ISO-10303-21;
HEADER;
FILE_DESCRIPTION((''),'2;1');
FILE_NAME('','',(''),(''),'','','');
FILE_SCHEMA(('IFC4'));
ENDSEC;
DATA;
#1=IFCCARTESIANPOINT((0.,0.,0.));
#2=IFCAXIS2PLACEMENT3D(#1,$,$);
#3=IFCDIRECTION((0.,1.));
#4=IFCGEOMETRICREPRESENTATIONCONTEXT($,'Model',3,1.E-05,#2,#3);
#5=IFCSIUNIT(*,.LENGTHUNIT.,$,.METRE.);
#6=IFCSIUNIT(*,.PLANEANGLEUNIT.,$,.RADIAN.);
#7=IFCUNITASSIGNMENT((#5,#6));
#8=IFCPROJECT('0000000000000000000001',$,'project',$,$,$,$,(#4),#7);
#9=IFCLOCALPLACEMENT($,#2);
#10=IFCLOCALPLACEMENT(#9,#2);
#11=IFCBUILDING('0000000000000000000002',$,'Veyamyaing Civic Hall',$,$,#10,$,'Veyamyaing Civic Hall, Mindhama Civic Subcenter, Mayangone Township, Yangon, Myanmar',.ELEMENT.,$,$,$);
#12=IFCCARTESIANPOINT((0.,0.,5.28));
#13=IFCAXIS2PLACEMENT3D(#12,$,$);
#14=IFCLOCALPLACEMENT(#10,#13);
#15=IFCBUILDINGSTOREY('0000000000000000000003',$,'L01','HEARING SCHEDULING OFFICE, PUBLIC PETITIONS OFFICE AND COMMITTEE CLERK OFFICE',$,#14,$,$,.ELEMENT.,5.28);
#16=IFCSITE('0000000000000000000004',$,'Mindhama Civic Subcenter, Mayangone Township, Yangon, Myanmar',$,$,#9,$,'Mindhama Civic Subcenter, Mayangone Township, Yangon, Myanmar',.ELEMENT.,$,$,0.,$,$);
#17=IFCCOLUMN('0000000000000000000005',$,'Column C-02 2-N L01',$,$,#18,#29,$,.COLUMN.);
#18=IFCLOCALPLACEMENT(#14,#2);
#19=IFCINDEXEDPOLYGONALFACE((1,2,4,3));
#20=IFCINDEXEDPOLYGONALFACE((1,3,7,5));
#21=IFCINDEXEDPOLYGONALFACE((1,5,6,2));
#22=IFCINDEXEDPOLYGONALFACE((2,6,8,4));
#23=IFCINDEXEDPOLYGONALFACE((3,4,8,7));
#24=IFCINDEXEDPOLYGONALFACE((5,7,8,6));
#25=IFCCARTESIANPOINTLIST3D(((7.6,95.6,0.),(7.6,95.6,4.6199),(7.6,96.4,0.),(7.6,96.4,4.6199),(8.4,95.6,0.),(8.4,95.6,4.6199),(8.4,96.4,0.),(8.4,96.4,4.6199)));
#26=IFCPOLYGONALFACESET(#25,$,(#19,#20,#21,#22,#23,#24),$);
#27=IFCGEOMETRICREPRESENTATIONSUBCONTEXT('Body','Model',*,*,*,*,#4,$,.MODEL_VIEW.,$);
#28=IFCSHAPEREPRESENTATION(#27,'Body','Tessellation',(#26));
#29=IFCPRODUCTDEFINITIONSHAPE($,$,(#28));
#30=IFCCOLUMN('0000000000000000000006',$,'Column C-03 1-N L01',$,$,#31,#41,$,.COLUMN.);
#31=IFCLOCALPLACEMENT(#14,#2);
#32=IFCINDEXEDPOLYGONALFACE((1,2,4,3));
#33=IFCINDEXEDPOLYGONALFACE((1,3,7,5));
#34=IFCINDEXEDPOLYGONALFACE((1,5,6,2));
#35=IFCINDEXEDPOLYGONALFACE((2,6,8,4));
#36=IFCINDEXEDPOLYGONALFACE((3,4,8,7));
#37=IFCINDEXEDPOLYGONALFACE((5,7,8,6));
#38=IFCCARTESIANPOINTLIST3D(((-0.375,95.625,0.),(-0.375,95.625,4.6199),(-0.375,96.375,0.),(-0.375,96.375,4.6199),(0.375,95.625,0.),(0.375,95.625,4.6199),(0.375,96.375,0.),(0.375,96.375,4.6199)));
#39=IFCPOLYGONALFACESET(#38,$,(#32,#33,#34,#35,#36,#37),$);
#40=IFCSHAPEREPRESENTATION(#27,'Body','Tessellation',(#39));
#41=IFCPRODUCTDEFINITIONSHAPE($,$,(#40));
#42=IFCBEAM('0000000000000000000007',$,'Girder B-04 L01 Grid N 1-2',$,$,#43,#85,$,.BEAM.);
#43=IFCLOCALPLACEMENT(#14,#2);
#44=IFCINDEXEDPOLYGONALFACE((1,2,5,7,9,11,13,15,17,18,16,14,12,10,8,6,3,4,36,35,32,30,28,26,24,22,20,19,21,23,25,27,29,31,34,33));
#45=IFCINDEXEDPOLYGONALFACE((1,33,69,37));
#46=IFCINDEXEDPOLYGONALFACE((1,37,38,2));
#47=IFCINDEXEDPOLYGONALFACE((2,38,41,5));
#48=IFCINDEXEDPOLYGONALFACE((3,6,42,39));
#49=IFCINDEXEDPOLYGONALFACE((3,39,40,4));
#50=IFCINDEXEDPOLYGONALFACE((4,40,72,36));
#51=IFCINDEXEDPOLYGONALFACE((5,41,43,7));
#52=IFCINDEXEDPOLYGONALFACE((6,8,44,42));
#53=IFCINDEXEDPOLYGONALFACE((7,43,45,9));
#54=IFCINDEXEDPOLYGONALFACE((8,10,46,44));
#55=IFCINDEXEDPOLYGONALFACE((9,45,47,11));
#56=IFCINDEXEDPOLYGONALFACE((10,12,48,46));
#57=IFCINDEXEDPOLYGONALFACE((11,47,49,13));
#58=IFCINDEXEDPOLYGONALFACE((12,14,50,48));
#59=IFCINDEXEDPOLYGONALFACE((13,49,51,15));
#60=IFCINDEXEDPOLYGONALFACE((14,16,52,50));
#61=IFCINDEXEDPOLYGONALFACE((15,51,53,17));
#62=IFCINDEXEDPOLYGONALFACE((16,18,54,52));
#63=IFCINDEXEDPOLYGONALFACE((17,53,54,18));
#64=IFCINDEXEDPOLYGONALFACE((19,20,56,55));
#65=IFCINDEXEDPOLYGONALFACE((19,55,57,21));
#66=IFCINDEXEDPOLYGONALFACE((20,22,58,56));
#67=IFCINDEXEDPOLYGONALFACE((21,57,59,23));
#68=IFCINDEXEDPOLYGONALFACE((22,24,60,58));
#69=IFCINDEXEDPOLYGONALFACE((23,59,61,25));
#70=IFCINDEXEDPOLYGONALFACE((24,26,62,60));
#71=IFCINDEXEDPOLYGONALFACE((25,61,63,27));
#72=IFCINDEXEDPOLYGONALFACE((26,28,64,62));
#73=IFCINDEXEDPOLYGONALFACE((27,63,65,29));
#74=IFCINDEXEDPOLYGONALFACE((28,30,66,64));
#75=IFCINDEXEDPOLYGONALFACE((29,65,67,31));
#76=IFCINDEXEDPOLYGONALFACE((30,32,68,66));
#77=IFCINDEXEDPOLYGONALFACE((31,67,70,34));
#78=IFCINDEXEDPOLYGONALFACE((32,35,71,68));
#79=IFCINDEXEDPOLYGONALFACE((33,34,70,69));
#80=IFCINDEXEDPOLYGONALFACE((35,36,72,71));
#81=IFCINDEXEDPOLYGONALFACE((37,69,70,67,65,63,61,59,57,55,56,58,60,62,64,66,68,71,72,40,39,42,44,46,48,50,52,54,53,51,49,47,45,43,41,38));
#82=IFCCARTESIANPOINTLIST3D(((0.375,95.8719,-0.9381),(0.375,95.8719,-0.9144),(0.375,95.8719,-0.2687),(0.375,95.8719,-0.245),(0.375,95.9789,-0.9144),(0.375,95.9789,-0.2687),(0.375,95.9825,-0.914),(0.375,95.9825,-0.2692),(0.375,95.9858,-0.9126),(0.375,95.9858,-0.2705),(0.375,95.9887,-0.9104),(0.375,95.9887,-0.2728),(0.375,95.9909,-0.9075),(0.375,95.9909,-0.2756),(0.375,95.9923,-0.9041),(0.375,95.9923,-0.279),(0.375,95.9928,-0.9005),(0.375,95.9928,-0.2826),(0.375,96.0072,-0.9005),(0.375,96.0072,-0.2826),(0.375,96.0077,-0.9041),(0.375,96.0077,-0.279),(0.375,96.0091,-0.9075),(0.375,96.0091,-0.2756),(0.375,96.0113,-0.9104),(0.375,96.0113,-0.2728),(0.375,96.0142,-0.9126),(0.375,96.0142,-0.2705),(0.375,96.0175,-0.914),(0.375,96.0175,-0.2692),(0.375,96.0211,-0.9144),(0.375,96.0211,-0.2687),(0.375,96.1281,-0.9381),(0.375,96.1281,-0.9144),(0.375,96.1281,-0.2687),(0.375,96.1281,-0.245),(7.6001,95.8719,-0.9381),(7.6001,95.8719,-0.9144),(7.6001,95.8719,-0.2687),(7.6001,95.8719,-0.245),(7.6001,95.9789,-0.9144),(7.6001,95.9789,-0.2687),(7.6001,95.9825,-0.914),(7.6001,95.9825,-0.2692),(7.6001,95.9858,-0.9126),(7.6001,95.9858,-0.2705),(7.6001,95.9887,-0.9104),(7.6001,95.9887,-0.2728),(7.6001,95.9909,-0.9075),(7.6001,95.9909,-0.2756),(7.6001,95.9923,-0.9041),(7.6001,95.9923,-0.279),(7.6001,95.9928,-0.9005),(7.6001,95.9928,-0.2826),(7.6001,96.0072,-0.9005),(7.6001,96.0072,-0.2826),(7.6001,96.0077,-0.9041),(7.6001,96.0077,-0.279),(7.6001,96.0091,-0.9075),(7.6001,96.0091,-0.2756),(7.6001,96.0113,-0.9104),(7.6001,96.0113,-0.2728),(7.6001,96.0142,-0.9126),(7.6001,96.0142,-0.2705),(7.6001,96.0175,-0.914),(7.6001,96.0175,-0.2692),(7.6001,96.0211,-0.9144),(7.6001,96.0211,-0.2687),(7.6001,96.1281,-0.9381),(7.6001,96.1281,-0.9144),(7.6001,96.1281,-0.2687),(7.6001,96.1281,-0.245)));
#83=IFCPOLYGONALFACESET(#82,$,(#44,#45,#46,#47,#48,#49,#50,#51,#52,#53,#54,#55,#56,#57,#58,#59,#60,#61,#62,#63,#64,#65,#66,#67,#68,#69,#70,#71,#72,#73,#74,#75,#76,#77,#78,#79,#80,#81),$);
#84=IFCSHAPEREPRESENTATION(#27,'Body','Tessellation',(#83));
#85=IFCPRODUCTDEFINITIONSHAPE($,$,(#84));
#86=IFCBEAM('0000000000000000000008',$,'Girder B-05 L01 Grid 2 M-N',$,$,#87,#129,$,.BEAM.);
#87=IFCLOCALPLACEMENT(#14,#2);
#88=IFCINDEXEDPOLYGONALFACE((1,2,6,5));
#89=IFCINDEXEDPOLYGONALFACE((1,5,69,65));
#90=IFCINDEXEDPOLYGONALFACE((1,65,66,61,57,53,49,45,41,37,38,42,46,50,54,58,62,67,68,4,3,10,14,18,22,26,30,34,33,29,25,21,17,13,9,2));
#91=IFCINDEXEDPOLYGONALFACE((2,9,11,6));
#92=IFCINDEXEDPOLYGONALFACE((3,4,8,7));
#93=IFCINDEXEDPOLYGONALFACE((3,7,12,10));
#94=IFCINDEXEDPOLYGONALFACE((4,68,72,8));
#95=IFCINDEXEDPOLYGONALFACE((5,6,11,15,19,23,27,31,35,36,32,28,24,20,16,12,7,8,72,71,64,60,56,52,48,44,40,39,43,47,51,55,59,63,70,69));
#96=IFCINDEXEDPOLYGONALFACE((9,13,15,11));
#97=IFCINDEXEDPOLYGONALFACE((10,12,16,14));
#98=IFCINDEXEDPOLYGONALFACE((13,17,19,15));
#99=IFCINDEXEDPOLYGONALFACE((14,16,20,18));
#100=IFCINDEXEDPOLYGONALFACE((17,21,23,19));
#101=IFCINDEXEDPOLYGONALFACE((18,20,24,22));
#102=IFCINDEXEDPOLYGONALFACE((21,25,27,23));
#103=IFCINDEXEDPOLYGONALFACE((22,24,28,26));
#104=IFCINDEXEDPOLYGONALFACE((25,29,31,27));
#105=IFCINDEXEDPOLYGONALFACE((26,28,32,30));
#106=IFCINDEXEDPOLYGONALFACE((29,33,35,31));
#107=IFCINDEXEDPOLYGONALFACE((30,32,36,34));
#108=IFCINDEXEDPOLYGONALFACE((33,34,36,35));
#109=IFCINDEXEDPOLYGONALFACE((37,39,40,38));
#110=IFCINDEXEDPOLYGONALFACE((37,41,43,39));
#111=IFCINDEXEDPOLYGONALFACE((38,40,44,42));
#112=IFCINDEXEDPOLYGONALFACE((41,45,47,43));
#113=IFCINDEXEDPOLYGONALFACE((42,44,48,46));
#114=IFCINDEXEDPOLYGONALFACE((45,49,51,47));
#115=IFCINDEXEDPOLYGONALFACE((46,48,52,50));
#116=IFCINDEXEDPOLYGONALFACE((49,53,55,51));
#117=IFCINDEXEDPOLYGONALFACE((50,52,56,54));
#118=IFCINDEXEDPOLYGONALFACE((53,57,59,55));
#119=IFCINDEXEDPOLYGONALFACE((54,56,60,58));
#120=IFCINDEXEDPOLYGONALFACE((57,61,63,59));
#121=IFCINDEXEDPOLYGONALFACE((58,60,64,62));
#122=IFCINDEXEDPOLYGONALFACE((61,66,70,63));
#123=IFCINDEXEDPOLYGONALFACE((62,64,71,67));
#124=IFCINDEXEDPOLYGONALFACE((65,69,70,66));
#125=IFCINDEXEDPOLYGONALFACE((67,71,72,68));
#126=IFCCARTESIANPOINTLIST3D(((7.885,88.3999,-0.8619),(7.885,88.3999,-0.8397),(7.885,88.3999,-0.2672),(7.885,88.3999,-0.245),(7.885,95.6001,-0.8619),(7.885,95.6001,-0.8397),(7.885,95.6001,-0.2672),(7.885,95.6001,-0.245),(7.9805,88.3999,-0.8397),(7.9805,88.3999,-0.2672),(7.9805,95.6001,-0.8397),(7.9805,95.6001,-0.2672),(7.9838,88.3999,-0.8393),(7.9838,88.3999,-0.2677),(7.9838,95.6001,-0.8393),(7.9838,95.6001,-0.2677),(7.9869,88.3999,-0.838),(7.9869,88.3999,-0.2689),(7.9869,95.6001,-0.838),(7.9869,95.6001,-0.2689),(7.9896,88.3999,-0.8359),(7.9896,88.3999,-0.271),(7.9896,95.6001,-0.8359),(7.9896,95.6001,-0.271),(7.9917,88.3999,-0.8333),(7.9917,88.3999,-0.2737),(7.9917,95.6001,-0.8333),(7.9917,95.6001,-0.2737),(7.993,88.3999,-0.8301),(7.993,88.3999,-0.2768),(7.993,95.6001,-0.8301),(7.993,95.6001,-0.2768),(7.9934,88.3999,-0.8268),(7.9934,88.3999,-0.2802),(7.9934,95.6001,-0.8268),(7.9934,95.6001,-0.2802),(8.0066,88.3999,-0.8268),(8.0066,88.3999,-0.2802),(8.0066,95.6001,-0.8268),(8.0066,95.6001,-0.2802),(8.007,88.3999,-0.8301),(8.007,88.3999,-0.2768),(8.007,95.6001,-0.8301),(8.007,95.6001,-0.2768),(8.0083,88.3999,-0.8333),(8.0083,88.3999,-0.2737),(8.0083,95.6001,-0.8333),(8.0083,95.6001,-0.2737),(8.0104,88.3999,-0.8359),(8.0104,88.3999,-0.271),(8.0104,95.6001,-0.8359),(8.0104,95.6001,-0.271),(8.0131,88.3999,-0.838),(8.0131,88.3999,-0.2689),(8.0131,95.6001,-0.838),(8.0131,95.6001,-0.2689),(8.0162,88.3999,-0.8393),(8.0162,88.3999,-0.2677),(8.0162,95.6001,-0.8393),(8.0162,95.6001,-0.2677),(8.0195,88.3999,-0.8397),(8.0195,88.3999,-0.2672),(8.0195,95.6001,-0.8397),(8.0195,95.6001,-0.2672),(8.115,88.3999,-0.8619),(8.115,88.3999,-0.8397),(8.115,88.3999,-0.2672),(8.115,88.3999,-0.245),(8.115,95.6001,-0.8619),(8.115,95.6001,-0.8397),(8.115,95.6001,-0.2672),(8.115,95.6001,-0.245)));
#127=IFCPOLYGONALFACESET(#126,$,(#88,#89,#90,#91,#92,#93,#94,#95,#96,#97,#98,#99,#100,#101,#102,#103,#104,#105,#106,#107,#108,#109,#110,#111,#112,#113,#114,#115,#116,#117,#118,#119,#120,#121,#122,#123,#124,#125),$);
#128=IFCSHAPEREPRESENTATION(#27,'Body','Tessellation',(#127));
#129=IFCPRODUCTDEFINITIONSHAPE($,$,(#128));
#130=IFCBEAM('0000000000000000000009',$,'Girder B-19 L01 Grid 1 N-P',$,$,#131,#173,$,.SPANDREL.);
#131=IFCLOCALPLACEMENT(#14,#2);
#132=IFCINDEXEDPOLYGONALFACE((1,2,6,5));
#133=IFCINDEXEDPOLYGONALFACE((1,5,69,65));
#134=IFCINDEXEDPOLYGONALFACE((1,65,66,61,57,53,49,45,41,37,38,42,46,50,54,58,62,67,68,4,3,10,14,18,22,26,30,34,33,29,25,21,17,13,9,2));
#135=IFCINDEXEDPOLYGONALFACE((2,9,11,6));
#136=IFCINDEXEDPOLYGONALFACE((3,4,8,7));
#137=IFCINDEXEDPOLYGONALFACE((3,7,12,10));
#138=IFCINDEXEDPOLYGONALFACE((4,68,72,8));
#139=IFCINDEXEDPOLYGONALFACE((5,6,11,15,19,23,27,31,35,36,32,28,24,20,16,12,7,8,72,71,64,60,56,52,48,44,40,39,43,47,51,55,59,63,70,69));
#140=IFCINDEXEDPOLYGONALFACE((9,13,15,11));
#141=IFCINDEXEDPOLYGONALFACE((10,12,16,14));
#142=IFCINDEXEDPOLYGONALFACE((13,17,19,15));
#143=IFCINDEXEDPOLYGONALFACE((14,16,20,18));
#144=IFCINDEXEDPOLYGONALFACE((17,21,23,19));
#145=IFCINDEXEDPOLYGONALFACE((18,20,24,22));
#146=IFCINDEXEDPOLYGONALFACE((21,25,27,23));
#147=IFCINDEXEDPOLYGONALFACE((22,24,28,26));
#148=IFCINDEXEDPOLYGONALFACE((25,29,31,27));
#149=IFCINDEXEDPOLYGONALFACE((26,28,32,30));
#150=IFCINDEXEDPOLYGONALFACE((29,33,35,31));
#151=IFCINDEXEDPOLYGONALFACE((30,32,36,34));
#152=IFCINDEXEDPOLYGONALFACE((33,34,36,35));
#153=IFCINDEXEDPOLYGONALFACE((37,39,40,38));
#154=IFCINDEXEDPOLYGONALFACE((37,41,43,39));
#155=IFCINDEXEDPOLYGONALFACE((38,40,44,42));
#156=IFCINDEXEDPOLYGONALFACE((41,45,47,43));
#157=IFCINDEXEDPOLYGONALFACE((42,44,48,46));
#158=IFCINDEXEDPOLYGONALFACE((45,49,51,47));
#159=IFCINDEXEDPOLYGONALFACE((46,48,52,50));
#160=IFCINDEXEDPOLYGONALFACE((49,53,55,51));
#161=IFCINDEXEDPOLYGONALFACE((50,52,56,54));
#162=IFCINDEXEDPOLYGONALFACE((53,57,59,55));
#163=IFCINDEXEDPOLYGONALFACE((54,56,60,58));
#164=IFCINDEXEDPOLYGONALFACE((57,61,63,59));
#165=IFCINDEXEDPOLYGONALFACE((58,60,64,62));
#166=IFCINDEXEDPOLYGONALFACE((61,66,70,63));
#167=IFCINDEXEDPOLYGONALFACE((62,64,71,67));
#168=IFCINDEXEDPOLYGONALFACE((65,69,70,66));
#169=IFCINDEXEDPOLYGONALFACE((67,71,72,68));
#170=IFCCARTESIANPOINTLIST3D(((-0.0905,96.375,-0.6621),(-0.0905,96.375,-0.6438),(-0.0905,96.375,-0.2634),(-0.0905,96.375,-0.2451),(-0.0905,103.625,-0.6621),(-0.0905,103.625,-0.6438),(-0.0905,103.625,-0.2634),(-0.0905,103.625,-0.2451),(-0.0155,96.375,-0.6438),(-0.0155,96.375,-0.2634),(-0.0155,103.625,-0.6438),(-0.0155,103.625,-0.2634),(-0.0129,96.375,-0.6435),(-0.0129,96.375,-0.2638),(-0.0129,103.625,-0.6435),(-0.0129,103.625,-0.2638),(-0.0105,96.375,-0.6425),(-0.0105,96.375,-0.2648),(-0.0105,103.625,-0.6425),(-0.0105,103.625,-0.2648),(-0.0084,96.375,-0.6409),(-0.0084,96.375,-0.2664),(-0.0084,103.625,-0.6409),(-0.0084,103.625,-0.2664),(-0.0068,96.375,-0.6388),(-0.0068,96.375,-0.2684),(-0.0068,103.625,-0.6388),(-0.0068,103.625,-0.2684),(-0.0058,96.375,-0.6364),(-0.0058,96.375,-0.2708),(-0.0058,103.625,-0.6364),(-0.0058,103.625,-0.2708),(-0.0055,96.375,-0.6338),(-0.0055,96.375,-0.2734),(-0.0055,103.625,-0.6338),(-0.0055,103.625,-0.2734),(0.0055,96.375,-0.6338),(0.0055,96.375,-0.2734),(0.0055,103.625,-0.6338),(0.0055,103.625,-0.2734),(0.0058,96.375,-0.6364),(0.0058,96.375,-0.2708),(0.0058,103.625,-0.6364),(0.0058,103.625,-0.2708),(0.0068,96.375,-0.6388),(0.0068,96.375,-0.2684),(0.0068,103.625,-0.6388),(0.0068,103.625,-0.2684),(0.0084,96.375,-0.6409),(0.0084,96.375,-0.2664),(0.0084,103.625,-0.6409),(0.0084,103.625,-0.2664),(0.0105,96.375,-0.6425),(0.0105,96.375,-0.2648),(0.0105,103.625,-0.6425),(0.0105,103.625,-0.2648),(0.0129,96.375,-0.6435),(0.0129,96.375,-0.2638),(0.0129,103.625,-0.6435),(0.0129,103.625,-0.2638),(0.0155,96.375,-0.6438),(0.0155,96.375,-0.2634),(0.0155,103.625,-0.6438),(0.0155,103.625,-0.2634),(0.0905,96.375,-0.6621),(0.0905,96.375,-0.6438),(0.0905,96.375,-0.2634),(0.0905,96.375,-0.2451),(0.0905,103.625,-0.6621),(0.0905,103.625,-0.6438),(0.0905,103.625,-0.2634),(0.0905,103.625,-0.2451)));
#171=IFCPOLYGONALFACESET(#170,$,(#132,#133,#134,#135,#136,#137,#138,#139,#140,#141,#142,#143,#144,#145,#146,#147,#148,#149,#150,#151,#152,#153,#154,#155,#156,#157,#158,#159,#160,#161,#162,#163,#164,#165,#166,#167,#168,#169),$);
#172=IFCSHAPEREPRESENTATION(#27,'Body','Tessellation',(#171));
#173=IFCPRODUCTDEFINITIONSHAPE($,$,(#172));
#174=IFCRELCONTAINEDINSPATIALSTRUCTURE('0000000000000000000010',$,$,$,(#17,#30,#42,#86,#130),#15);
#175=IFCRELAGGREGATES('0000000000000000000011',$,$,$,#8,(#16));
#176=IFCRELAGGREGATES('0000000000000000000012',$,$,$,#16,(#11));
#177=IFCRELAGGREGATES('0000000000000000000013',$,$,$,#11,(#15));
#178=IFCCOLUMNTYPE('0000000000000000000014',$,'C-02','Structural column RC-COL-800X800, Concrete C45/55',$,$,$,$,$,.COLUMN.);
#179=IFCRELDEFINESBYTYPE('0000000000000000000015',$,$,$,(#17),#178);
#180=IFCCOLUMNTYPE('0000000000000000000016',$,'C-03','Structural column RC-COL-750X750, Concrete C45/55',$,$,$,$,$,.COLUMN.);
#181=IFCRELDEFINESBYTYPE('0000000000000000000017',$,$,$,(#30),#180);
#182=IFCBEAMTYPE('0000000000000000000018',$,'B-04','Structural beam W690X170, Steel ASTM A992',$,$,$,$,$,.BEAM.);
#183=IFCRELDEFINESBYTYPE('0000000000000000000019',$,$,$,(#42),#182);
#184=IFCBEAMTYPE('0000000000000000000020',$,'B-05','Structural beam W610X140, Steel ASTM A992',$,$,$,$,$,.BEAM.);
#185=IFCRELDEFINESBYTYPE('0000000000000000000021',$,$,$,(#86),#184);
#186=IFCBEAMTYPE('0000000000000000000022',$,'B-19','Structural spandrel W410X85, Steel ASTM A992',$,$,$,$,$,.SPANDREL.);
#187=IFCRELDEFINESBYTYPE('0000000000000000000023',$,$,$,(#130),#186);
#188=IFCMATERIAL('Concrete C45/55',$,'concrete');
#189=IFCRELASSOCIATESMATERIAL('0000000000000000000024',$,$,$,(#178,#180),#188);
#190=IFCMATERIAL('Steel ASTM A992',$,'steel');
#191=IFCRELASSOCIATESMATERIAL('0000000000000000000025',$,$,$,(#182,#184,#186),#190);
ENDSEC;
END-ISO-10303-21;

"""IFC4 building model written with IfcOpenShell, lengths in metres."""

from ifc_helpers import new_model, si_unit, direction, frame, origin, origin_2d, place, context, subcontext, project, spatial, rectangle, i_section, extrude, material, material_profile, profile_set, type_object, element, save


model = new_model("IFC4")

# Units and contexts
model_context = context("Model", 3, precision=1e-05, world=origin(), true_north=direction((0.0, 1.0)))
body_context = subcontext(model_context, "Body", "Model", "MODEL_VIEW")
ifc_project = project(units=[si_unit("LENGTHUNIT", "METRE"), si_unit("PLANEANGLEUNIT", "RADIAN")], contexts=[model_context])

# Site, building, storey
site_placement = place(None, origin())
site = spatial("IfcSite", under=ifc_project, at=site_placement, Name="Mindhama Civic Subcenter, Mayangone Township, Yangon, Myanmar", LongName="Mindhama Civic Subcenter, Mayangone Township, Yangon, Myanmar", CompositionType="ELEMENT", RefElevation=0.0)
building_placement = place(site_placement, origin())
building = spatial("IfcBuilding", under=site, at=building_placement, Name="Veyamyaing Civic Hall", LongName="Veyamyaing Civic Hall, Mindhama Civic Subcenter, Mayangone Township, Yangon, Myanmar", CompositionType="ELEMENT")
storey_placement = place(building_placement, frame((0.0, 0.0, 5.28)))
storey = spatial("IfcBuildingStorey", under=building, at=storey_placement, Name="L01", Description="HEARING SCHEDULING OFFICE, PUBLIC PETITIONS OFFICE AND COMMITTEE CLERK OFFICE", CompositionType="ELEMENT", Elevation=5.28)

# Columns
ifc_material_1 = material(Name="Concrete C45/55", Category="concrete")
ifc_material_profile_1 = material_profile(ifc_material_1, rectangle(XDim=0.8, YDim=0.8, at=origin_2d()), Name="RC-COL-800X800")
ifc_profile_set_1 = profile_set([ifc_material_profile_1], Name="Concrete C45/55")
column_type_1 = type_object("IfcColumnType", Name="C-02", Description="Structural column RC-COL-800X800, Concrete C45/55", PredefinedType="COLUMN", material=ifc_profile_set_1)
column_1_placement = place(storey_placement, frame((8.0, 96.0, 0.0), z_axis=(0.0, 0.0, 1.0), x_axis=(1.0, 0.0, 0.0)))
element("IfcColumn", 1, at=column_1_placement, inside=storey, type_object=column_type_1, Name="Column C-02 2-N L01", PredefinedType="COLUMN", context=body_context, shape_type="SweptSolid", body=[
    extrude(rectangle(XDim=0.8, YDim=0.8, at=origin_2d()), origin(), (0.0, 0.0, 1.0), 4.6199),
])
ifc_material_profile_2 = material_profile(ifc_material_1, rectangle(XDim=0.75, YDim=0.75, at=origin_2d()), Name="RC-COL-750X750")
ifc_profile_set_2 = profile_set([ifc_material_profile_2], Name="Concrete C45/55")
column_type_2 = type_object("IfcColumnType", Name="C-03", Description="Structural column RC-COL-750X750, Concrete C45/55", PredefinedType="COLUMN", material=ifc_profile_set_2)
column_2_placement = place(storey_placement, frame((0.0, 96.0, 0.0), z_axis=(0.0, 0.0, 1.0), x_axis=(1.0, 0.0, 0.0)))
element("IfcColumn", 2, at=column_2_placement, inside=storey, type_object=column_type_2, Name="Column C-03 1-N L01", PredefinedType="COLUMN", context=body_context, shape_type="SweptSolid", body=[
    extrude(rectangle(XDim=0.75, YDim=0.75, at=origin_2d()), origin(), (0.0, 0.0, 1.0), 4.6199),
])

# Beams
ifc_material_2 = material(Name="Steel ASTM A992", Category="steel")
ifc_material_profile_3 = material_profile(ifc_material_2, i_section(OverallWidth=0.2561, OverallDepth=0.6931, WebThickness=0.0144, FlangeThickness=0.0237, FilletRadius=0.0139, at=origin_2d()), Name="W690X170")
ifc_profile_set_3 = profile_set([ifc_material_profile_3], Name="Steel ASTM A992")
beam_type_1 = type_object("IfcBeamType", Name="B-04", Description="Structural beam W690X170, Steel ASTM A992", PredefinedType="BEAM", material=ifc_profile_set_3)
beam_1_placement = place(storey_placement, frame((0.375, 96.0, -0.5916), z_axis=(1.0, 0.0, 0.0), x_axis=(0.0, 1.0, 0.0)))
element("IfcBeam", 3, at=beam_1_placement, inside=storey, type_object=beam_type_1, Name="Girder B-04 L01 Grid N 1-2", PredefinedType="BEAM", context=body_context, shape_type="SweptSolid", body=[
    extrude(i_section(OverallWidth=0.2561, OverallDepth=0.6931, WebThickness=0.0144, FlangeThickness=0.0237, FilletRadius=0.0139, at=origin_2d()), origin(), (0.0, 0.0, 1.0), 7.2251),
])
ifc_material_profile_4 = material_profile(ifc_material_2, i_section(OverallWidth=0.23, OverallDepth=0.6169, WebThickness=0.0132, FlangeThickness=0.0222, FilletRadius=0.0129, at=origin_2d()), Name="W610X140")
ifc_profile_set_4 = profile_set([ifc_material_profile_4], Name="Steel ASTM A992")
beam_type_2 = type_object("IfcBeamType", Name="B-05", Description="Structural beam W610X140, Steel ASTM A992", PredefinedType="BEAM", material=ifc_profile_set_4)
beam_2_placement = place(storey_placement, frame((8.0, 88.3999, -0.5535), z_axis=(0.0, 1.0, 0.0), x_axis=(-1.0, 0.0, 0.0)))
element("IfcBeam", 4, at=beam_2_placement, inside=storey, type_object=beam_type_2, Name="Girder B-05 L01 Grid 2 M-N", PredefinedType="BEAM", context=body_context, shape_type="SweptSolid", body=[
    extrude(i_section(OverallWidth=0.23, OverallDepth=0.6169, WebThickness=0.0132, FlangeThickness=0.0222, FilletRadius=0.0129, at=origin_2d()), origin(), (0.0, 0.0, 1.0), 7.2002),
])
ifc_material_profile_5 = material_profile(ifc_material_2, i_section(OverallWidth=0.1809, OverallDepth=0.417, WebThickness=0.011, FlangeThickness=0.0183, FilletRadius=0.01, at=origin_2d()), Name="W410X85")
ifc_profile_set_5 = profile_set([ifc_material_profile_5], Name="Steel ASTM A992")
beam_type_3 = type_object("IfcBeamType", Name="B-19", Description="Structural spandrel W410X85, Steel ASTM A992", PredefinedType="SPANDREL", material=ifc_profile_set_5)
beam_3_placement = place(storey_placement, frame((0.0, 96.375, -0.4536), z_axis=(0.0, 1.0, 0.0), x_axis=(-1.0, 0.0, 0.0)))
element("IfcBeam", 5, at=beam_3_placement, inside=storey, type_object=beam_type_3, Name="Girder B-19 L01 Grid 1 N-P", PredefinedType="SPANDREL", context=body_context, shape_type="SweptSolid", body=[
    extrude(i_section(OverallWidth=0.1809, OverallDepth=0.417, WebThickness=0.011, FlangeThickness=0.0183, FilletRadius=0.01, at=origin_2d()), origin(), (0.0, 0.0, 1.0), 7.25),
])

save(model, "model.ifc")
